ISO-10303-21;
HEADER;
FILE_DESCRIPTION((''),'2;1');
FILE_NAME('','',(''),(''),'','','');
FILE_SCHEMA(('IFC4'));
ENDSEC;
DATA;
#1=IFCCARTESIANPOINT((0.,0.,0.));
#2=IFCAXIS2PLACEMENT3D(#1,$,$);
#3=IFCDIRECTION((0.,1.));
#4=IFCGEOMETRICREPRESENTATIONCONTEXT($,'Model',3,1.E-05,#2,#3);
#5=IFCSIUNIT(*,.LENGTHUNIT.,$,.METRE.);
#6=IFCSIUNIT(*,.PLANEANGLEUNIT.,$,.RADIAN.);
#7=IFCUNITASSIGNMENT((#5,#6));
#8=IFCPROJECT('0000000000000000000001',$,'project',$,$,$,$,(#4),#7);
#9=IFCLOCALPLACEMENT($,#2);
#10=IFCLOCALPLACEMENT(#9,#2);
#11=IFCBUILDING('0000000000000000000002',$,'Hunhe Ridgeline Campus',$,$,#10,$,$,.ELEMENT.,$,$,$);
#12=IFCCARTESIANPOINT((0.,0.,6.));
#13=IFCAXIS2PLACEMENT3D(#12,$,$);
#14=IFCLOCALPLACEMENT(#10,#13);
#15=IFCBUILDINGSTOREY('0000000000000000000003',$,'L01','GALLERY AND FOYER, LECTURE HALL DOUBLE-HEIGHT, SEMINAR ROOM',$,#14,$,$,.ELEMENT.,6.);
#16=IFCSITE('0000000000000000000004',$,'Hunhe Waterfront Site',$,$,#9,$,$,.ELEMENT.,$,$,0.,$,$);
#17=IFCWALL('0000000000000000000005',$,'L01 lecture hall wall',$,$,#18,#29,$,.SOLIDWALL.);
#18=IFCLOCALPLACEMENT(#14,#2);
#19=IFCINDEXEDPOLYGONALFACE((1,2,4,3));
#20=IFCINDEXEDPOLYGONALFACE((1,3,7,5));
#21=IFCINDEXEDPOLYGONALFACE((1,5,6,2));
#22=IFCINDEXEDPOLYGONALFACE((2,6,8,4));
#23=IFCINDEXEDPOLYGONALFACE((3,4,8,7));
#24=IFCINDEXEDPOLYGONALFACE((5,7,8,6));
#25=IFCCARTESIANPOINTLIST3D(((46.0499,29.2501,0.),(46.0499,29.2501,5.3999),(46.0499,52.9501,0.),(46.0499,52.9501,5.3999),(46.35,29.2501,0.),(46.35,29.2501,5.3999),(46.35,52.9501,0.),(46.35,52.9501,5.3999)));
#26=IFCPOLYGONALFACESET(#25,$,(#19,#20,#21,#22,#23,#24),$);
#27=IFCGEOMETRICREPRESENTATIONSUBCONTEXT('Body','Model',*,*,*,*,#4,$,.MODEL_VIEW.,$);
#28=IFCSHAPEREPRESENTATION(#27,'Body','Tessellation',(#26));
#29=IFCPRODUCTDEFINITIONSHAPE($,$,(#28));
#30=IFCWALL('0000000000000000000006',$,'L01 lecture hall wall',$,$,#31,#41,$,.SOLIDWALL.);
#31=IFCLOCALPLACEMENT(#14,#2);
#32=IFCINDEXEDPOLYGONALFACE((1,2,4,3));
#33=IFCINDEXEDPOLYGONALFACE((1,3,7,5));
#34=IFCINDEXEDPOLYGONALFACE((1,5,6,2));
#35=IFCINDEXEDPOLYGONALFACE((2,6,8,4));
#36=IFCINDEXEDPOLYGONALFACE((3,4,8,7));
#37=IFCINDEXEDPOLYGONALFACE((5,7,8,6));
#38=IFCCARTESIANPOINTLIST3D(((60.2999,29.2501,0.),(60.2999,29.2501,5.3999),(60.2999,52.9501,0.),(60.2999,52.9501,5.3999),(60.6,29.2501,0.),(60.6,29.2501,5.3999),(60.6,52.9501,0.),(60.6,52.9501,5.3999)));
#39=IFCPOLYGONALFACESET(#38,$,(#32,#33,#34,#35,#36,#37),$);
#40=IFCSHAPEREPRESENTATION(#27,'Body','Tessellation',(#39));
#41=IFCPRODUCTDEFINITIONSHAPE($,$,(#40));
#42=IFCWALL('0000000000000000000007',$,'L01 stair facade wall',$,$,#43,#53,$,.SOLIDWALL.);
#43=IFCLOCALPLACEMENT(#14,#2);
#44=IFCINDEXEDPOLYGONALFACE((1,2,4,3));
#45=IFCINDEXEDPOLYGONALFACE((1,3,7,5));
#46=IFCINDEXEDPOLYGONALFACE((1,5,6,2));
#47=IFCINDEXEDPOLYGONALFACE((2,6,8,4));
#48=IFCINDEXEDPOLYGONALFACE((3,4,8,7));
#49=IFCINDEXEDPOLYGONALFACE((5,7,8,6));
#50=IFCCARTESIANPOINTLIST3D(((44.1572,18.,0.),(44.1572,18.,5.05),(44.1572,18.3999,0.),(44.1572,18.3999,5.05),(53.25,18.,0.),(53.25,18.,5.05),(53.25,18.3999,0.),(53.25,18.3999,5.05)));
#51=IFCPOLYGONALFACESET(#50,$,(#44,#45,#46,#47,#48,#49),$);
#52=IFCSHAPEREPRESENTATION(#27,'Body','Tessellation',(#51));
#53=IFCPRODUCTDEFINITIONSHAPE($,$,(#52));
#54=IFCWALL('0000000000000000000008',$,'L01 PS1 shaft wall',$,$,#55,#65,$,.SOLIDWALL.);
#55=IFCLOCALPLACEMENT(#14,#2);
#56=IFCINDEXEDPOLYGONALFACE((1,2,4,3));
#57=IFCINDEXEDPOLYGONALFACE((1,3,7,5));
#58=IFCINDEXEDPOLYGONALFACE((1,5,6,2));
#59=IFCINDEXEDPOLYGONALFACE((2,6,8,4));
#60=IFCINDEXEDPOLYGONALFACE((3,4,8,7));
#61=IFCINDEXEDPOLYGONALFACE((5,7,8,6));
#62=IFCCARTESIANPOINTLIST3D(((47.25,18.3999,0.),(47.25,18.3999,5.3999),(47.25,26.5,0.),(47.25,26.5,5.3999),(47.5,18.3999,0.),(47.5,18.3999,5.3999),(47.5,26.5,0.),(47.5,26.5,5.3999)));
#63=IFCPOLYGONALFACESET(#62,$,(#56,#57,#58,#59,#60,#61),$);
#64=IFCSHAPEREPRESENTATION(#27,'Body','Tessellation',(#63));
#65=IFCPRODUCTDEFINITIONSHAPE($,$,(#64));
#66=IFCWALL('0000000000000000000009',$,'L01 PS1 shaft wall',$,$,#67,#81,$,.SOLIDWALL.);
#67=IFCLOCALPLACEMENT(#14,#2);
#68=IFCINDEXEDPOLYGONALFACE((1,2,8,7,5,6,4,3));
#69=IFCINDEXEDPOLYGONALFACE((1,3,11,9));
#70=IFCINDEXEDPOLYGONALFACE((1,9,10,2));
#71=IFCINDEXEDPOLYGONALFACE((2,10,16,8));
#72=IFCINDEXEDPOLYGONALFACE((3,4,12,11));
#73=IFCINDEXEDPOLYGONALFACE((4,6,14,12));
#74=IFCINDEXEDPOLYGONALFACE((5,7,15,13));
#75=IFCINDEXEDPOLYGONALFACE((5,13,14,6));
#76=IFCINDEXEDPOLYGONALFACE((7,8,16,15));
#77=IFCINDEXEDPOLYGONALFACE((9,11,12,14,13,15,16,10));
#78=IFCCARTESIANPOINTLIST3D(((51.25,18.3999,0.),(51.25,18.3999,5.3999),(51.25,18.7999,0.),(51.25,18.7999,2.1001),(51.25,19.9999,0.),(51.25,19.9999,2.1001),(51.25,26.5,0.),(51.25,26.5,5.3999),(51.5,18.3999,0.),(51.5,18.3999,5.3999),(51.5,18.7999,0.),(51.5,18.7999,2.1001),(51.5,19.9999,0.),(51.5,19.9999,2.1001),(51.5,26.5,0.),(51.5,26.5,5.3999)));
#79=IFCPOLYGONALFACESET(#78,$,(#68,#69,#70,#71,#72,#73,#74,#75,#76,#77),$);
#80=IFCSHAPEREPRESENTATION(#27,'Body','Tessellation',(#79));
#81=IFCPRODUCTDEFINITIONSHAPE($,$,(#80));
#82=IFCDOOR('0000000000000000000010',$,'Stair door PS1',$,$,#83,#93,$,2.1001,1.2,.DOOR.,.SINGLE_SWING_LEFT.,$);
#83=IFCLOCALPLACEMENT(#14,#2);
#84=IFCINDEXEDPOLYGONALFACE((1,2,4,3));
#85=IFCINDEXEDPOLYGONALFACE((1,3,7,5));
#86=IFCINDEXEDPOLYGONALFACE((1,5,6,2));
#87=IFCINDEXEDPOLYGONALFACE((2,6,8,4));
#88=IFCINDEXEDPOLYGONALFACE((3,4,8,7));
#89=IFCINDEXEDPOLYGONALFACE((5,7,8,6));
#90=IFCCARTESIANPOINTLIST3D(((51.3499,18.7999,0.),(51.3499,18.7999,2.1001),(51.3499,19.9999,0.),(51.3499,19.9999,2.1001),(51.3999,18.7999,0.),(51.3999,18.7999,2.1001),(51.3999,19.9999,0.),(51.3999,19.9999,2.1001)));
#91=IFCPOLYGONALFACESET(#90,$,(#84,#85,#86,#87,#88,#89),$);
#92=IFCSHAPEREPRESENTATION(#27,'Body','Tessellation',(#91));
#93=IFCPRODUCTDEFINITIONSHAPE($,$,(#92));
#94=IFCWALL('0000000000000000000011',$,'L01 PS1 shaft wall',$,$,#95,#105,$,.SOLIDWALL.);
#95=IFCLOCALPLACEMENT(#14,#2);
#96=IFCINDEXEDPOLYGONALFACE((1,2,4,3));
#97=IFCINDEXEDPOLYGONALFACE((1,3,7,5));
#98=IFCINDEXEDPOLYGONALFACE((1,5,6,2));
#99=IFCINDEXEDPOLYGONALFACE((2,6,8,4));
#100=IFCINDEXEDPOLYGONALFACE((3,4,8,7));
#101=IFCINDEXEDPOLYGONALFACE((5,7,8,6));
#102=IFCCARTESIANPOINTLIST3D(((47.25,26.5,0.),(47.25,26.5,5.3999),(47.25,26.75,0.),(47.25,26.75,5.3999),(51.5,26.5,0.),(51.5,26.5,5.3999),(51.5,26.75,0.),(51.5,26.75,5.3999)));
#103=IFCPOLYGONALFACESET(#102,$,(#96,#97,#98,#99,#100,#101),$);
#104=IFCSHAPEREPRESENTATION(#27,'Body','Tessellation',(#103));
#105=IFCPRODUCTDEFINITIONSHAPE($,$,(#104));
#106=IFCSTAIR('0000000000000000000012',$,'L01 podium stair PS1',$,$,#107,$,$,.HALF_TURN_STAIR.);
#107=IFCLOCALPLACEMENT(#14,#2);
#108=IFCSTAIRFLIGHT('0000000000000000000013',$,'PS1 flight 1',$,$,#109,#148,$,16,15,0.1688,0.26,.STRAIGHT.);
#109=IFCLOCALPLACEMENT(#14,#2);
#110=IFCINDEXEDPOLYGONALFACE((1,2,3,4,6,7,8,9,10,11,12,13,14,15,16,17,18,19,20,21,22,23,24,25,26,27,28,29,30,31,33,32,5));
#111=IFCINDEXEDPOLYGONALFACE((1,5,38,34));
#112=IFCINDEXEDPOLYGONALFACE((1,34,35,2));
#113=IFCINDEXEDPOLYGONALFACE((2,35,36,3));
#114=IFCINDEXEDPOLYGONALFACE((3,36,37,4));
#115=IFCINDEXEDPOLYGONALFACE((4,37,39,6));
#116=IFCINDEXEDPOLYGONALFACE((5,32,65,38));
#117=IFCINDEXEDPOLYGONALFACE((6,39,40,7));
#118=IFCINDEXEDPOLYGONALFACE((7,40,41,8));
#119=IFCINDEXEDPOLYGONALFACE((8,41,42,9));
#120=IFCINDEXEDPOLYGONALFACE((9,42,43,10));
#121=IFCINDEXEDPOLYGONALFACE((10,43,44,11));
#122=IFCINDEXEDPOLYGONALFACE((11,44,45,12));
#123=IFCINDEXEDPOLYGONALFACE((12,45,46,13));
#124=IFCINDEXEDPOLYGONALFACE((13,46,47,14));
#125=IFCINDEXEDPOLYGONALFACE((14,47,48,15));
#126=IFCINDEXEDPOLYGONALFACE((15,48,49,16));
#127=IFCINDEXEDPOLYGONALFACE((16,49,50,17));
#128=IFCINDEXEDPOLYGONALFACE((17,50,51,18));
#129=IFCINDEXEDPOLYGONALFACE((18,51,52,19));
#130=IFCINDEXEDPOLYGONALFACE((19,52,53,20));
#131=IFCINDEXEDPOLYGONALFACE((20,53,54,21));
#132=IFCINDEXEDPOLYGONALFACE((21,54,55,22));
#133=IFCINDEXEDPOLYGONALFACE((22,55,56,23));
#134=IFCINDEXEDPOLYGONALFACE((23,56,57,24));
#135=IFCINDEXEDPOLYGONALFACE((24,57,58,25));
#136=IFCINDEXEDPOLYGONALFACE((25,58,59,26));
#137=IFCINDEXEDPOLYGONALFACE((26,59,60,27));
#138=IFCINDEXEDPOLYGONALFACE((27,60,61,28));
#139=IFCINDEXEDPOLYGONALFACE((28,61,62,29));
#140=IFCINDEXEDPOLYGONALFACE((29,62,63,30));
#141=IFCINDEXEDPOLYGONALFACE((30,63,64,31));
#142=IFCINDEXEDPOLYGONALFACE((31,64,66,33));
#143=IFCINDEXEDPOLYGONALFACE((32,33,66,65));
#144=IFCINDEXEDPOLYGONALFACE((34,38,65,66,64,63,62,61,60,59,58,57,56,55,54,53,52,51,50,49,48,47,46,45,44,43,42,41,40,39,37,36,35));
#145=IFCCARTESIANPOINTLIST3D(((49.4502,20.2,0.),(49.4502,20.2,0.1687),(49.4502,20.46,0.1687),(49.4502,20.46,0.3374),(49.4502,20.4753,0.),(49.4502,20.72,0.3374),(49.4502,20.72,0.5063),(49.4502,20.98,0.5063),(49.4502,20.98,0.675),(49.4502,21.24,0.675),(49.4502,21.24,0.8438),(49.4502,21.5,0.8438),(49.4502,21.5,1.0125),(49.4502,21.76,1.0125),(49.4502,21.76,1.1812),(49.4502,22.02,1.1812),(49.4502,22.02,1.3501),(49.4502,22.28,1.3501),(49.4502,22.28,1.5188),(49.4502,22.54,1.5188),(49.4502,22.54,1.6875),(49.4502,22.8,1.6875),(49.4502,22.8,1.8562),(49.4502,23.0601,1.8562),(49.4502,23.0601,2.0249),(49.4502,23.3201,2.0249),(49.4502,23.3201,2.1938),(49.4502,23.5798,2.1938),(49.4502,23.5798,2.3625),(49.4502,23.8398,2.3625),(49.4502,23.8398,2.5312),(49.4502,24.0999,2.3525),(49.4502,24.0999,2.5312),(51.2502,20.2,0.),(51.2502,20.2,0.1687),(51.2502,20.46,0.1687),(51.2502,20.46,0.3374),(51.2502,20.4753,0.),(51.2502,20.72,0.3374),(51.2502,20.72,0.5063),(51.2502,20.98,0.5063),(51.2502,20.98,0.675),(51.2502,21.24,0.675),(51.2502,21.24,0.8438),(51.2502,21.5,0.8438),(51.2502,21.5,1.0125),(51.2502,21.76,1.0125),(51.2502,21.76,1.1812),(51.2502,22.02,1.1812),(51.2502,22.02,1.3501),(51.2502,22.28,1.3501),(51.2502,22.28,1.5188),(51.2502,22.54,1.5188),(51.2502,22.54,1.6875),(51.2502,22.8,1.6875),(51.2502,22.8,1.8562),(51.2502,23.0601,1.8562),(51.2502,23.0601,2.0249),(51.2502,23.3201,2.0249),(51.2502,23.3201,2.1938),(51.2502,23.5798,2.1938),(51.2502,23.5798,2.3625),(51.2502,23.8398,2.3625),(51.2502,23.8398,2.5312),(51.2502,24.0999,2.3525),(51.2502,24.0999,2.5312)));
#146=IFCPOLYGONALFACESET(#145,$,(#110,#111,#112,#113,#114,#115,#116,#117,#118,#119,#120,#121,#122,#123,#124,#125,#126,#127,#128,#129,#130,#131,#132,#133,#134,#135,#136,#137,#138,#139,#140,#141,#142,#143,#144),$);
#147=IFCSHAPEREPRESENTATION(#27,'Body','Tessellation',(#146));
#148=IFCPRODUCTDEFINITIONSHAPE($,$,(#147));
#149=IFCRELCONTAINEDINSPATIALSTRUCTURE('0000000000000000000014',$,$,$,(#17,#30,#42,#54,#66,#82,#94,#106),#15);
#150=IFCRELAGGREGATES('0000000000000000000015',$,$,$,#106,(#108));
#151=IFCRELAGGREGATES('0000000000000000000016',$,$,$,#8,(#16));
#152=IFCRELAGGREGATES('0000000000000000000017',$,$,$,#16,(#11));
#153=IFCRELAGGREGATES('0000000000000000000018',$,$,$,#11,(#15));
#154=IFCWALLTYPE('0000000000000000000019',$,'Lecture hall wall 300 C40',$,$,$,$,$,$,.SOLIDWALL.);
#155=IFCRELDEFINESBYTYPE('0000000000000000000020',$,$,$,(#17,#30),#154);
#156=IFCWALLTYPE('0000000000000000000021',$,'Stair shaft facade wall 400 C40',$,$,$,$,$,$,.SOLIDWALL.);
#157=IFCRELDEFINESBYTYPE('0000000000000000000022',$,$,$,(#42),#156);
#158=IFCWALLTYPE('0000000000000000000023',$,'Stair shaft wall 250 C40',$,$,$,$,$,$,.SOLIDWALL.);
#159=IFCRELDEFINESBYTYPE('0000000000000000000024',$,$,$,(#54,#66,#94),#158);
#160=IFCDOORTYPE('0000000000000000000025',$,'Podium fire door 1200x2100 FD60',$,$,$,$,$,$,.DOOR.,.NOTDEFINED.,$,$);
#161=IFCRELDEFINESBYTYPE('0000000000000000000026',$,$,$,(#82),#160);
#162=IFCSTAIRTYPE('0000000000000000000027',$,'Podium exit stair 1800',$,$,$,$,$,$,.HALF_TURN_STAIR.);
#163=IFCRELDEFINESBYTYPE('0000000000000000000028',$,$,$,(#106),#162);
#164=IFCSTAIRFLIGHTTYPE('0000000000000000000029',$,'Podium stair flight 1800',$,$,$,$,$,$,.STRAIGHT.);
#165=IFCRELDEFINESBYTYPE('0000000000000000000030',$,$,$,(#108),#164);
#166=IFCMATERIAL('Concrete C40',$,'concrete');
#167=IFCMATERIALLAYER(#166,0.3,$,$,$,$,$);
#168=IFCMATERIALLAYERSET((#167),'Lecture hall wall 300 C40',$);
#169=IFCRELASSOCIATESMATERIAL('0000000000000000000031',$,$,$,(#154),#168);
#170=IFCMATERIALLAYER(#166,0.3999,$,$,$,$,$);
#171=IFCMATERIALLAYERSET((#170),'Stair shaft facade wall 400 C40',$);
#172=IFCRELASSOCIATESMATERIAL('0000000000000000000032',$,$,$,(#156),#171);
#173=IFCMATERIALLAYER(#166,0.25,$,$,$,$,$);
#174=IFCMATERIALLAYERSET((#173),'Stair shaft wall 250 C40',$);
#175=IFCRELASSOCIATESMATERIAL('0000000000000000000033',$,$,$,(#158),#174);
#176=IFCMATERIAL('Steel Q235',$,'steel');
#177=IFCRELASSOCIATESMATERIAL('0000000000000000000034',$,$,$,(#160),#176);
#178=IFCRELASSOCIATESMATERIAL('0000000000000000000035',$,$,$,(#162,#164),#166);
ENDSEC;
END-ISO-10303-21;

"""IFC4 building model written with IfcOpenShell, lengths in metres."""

from ifc_helpers import new_model, si_unit, direction, frame, frame_2d, origin, place, context, subcontext, project, spatial, polyline, rectangle, outline, extrude, material, layer, layer_set, type_object, element, fill, aggregate, save


model = new_model("IFC4")

# Units and contexts
model_context = context("Model", 3, precision=1e-05, world=origin(), true_north=direction((0.0, 1.0)))
body_context = subcontext(model_context, "Body", "Model", "MODEL_VIEW")
ifc_project = project(units=[si_unit("LENGTHUNIT", "METRE"), si_unit("PLANEANGLEUNIT", "RADIAN")], contexts=[model_context])

# Site, building, storey
site_placement = place(None, origin())
site = spatial("IfcSite", under=ifc_project, at=site_placement, Name="Hunhe Waterfront Site", CompositionType="ELEMENT", RefElevation=0.0)
building_placement = place(site_placement, origin())
building = spatial("IfcBuilding", under=site, at=building_placement, Name="Hunhe Ridgeline Campus", CompositionType="ELEMENT")
storey_placement = place(building_placement, frame((0.0, 0.0, 6.0)))
storey = spatial("IfcBuildingStorey", under=building, at=storey_placement, Name="L01", Description="GALLERY AND FOYER, LECTURE HALL DOUBLE-HEIGHT, SEMINAR ROOM", CompositionType="ELEMENT", Elevation=6.0)

# Walls
ifc_material_1 = material(Name="Concrete C40", Category="concrete")
ifc_layer_1 = layer(ifc_material_1, 0.3)
ifc_layer_set_1 = layer_set([ifc_layer_1], Name="Lecture hall wall 300 C40")
wall_type_1 = type_object("IfcWallType", Name="Lecture hall wall 300 C40", PredefinedType="SOLIDWALL", material=ifc_layer_set_1)
for number, where, z_axis, x_axis, name in (
    (1, (46.2, 29.25, 0.0), (0.0, 0.0, 1.0), (0.0, 1.0, 0.0), "L01 lecture hall wall"),
    (2, (60.45, 29.25, 0.0), (0.0, 0.0, 1.0), (0.0, 1.0, 0.0), "L01 lecture hall wall"),
):
    element("IfcWall", number, at=place(storey_placement, frame(where, z_axis=z_axis, x_axis=x_axis)), inside=storey, type_object=wall_type_1, Name=name, PredefinedType="SOLIDWALL", context=body_context, shape_type="SweptSolid", body=[
        extrude(rectangle(XDim=23.7, YDim=0.3, at=frame_2d((11.8501, 0.0))), origin(), (0.0, 0.0, 1.0), 5.3999),
    ])
ifc_layer_2 = layer(ifc_material_1, 0.3999)
ifc_layer_set_2 = layer_set([ifc_layer_2], Name="Stair shaft facade wall 400 C40")
wall_type_2 = type_object("IfcWallType", Name="Stair shaft facade wall 400 C40", PredefinedType="SOLIDWALL", material=ifc_layer_set_2)
wall_1_placement = place(storey_placement, frame((53.25, 18.2, 0.0), z_axis=(0.0, 0.0, 1.0), x_axis=(-1.0, 0.0, 0.0)))
element("IfcWall", 3, at=wall_1_placement, inside=storey, type_object=wall_type_2, Name="L01 stair facade wall", PredefinedType="SOLIDWALL", context=body_context, shape_type="SweptSolid", body=[
    extrude(rectangle(XDim=9.0928, YDim=0.3999, at=frame_2d((4.5464, 0.0))), origin(), (0.0, 0.0, 1.0), 5.05),
])
ifc_layer_3 = layer(ifc_material_1, 0.25)
ifc_layer_set_3 = layer_set([ifc_layer_3], Name="Stair shaft wall 250 C40")
wall_type_3 = type_object("IfcWallType", Name="Stair shaft wall 250 C40", PredefinedType="SOLIDWALL", material=ifc_layer_set_3)
wall_2_placement = place(storey_placement, frame((47.375, 18.3999, 0.0), z_axis=(0.0, 0.0, 1.0), x_axis=(0.0, 1.0, 0.0)))
element("IfcWall", 4, at=wall_2_placement, inside=storey, type_object=wall_type_3, Name="L01 PS1 shaft wall", PredefinedType="SOLIDWALL", context=body_context, shape_type="SweptSolid", body=[
    extrude(rectangle(XDim=8.1001, YDim=0.25, at=frame_2d((4.05, 0.0))), origin(), (0.0, 0.0, 1.0), 5.3999),
])

# Wall, opening, door
wall_3_placement = place(storey_placement, frame((51.375, 26.5, 0.0), z_axis=(0.0, 0.0, 1.0), x_axis=(0.0, -1.0, 0.0)))
wall_3 = element("IfcWall", 5, at=wall_3_placement, inside=storey, type_object=wall_type_3, Name="L01 PS1 shaft wall", PredefinedType="SOLIDWALL", context=body_context, shape_type="SweptSolid", body=[
    extrude(rectangle(XDim=8.1001, YDim=0.25, at=frame_2d((4.05, 0.0))), origin(), (0.0, 0.0, 1.0), 5.3999),
])
opening_1_placement = place(wall_3_placement, frame((6.5, 0.0, 0.0)))
opening_1 = element("IfcOpeningElement", 6, at=opening_1_placement, cuts=wall_3, PredefinedType="OPENING", context=body_context, shape_type="SweptSolid", body=[
    extrude(rectangle(XDim=1.2, YDim=2.1001, at=frame_2d((0.6001, 1.05))), frame((0.0, 0.125, 0.0), z_axis=(0.0, -1.0, 0.0), x_axis=(1.0, 0.0, 0.0)), (0.0, 0.0, 1.0), 0.25),
])
ifc_material_2 = material(Name="Steel Q235", Category="steel")
door_type_1 = type_object("IfcDoorType", Name="Podium fire door 1200x2100 FD60", OperationType="NOTDEFINED", PredefinedType="DOOR", material=ifc_material_2)
door_1_placement = place(opening_1_placement, origin())
door_1 = element("IfcDoor", 7, at=door_1_placement, inside=storey, type_object=door_type_1, Name="Stair door PS1", OperationType="SINGLE_SWING_LEFT", OverallHeight=2.1001, OverallWidth=1.2, PredefinedType="DOOR", context=body_context, shape_type="SweptSolid", body=[
    extrude(rectangle(XDim=1.2, YDim=2.1001, at=frame_2d((0.6001, 1.05))), frame((0.0, 0.0249, 0.0), z_axis=(0.0, -1.0, 0.0), x_axis=(1.0, 0.0, 0.0)), (0.0, 0.0, 1.0), 0.05),
])
fill(opening_1, door_1)

# Wall
wall_4_placement = place(storey_placement, frame((47.25, 26.625, 0.0), z_axis=(0.0, 0.0, 1.0), x_axis=(1.0, 0.0, 0.0)))
element("IfcWall", 8, at=wall_4_placement, inside=storey, type_object=wall_type_3, Name="L01 PS1 shaft wall", PredefinedType="SOLIDWALL", context=body_context, shape_type="SweptSolid", body=[
    extrude(rectangle(XDim=4.25, YDim=0.25, at=frame_2d((2.125, 0.0))), origin(), (0.0, 0.0, 1.0), 5.3999),
])

# Stair, stair flight
stair_type = type_object("IfcStairType", Name="Podium exit stair 1800", PredefinedType="HALF_TURN_STAIR", material=ifc_material_1)
stair_placement = place(storey_placement, origin())
stair = element("IfcStair", 9, at=stair_placement, inside=storey, type_object=stair_type, Name="L01 podium stair PS1", PredefinedType="HALF_TURN_STAIR")
stair_flight_type = type_object("IfcStairFlightType", Name="Podium stair flight 1800", PredefinedType="STRAIGHT", material=ifc_material_1)
stair_flight_1_placement = place(storey_placement, frame((50.3501, 20.2, 0.0), z_axis=(0.0, 0.0, 1.0), x_axis=(0.0, 1.0, 0.0)))
stair_flight_1 = element("IfcStairFlight", 10, at=stair_flight_1_placement, type_object=stair_flight_type, Name="PS1 flight 1", NumberOfRisers=16, NumberOfTreads=15, PredefinedType="STRAIGHT", RiserHeight=0.1688, TreadLength=0.26, context=body_context, shape_type="SweptSolid", body=[
    extrude(outline(polyline([(0.0, 0.0), (0.0, 0.1687), (0.26, 0.1687), (0.26, 0.3374), (0.52, 0.3374), (0.52, 0.5063), (0.78, 0.5063), (0.78, 0.675), (1.04, 0.675), (1.04, 0.8438), (1.3, 0.8438), (1.3, 1.0125), (1.5601, 1.0125), (1.5601, 1.1812), (1.8201, 1.1812), (1.8201, 1.3501), (2.0801, 1.3501), (2.0801, 1.5188), (2.3401, 1.5188), (2.3401, 1.6875), (2.6001, 1.6875), (2.6001, 1.8562), (2.8601, 1.8562), (2.8601, 2.0249), (3.1201, 2.0249), (3.1201, 2.1938), (3.3799, 2.1938), (3.3799, 2.3625), (3.6399, 2.3625), (3.6399, 2.5312), (3.8999, 2.5312), (3.8999, 2.7), (3.8999, 2.3525), (0.2754, 0.0), (0.0, 0.0)])), frame((0.0, 0.8999, 0.0), z_axis=(0.0, -1.0, 0.0), x_axis=(1.0, 0.0, 0.0)), (0.0, 0.0, 1.0), 1.8),
])
aggregate(stair, [stair_flight_1])

save(model, "model.ifc")
